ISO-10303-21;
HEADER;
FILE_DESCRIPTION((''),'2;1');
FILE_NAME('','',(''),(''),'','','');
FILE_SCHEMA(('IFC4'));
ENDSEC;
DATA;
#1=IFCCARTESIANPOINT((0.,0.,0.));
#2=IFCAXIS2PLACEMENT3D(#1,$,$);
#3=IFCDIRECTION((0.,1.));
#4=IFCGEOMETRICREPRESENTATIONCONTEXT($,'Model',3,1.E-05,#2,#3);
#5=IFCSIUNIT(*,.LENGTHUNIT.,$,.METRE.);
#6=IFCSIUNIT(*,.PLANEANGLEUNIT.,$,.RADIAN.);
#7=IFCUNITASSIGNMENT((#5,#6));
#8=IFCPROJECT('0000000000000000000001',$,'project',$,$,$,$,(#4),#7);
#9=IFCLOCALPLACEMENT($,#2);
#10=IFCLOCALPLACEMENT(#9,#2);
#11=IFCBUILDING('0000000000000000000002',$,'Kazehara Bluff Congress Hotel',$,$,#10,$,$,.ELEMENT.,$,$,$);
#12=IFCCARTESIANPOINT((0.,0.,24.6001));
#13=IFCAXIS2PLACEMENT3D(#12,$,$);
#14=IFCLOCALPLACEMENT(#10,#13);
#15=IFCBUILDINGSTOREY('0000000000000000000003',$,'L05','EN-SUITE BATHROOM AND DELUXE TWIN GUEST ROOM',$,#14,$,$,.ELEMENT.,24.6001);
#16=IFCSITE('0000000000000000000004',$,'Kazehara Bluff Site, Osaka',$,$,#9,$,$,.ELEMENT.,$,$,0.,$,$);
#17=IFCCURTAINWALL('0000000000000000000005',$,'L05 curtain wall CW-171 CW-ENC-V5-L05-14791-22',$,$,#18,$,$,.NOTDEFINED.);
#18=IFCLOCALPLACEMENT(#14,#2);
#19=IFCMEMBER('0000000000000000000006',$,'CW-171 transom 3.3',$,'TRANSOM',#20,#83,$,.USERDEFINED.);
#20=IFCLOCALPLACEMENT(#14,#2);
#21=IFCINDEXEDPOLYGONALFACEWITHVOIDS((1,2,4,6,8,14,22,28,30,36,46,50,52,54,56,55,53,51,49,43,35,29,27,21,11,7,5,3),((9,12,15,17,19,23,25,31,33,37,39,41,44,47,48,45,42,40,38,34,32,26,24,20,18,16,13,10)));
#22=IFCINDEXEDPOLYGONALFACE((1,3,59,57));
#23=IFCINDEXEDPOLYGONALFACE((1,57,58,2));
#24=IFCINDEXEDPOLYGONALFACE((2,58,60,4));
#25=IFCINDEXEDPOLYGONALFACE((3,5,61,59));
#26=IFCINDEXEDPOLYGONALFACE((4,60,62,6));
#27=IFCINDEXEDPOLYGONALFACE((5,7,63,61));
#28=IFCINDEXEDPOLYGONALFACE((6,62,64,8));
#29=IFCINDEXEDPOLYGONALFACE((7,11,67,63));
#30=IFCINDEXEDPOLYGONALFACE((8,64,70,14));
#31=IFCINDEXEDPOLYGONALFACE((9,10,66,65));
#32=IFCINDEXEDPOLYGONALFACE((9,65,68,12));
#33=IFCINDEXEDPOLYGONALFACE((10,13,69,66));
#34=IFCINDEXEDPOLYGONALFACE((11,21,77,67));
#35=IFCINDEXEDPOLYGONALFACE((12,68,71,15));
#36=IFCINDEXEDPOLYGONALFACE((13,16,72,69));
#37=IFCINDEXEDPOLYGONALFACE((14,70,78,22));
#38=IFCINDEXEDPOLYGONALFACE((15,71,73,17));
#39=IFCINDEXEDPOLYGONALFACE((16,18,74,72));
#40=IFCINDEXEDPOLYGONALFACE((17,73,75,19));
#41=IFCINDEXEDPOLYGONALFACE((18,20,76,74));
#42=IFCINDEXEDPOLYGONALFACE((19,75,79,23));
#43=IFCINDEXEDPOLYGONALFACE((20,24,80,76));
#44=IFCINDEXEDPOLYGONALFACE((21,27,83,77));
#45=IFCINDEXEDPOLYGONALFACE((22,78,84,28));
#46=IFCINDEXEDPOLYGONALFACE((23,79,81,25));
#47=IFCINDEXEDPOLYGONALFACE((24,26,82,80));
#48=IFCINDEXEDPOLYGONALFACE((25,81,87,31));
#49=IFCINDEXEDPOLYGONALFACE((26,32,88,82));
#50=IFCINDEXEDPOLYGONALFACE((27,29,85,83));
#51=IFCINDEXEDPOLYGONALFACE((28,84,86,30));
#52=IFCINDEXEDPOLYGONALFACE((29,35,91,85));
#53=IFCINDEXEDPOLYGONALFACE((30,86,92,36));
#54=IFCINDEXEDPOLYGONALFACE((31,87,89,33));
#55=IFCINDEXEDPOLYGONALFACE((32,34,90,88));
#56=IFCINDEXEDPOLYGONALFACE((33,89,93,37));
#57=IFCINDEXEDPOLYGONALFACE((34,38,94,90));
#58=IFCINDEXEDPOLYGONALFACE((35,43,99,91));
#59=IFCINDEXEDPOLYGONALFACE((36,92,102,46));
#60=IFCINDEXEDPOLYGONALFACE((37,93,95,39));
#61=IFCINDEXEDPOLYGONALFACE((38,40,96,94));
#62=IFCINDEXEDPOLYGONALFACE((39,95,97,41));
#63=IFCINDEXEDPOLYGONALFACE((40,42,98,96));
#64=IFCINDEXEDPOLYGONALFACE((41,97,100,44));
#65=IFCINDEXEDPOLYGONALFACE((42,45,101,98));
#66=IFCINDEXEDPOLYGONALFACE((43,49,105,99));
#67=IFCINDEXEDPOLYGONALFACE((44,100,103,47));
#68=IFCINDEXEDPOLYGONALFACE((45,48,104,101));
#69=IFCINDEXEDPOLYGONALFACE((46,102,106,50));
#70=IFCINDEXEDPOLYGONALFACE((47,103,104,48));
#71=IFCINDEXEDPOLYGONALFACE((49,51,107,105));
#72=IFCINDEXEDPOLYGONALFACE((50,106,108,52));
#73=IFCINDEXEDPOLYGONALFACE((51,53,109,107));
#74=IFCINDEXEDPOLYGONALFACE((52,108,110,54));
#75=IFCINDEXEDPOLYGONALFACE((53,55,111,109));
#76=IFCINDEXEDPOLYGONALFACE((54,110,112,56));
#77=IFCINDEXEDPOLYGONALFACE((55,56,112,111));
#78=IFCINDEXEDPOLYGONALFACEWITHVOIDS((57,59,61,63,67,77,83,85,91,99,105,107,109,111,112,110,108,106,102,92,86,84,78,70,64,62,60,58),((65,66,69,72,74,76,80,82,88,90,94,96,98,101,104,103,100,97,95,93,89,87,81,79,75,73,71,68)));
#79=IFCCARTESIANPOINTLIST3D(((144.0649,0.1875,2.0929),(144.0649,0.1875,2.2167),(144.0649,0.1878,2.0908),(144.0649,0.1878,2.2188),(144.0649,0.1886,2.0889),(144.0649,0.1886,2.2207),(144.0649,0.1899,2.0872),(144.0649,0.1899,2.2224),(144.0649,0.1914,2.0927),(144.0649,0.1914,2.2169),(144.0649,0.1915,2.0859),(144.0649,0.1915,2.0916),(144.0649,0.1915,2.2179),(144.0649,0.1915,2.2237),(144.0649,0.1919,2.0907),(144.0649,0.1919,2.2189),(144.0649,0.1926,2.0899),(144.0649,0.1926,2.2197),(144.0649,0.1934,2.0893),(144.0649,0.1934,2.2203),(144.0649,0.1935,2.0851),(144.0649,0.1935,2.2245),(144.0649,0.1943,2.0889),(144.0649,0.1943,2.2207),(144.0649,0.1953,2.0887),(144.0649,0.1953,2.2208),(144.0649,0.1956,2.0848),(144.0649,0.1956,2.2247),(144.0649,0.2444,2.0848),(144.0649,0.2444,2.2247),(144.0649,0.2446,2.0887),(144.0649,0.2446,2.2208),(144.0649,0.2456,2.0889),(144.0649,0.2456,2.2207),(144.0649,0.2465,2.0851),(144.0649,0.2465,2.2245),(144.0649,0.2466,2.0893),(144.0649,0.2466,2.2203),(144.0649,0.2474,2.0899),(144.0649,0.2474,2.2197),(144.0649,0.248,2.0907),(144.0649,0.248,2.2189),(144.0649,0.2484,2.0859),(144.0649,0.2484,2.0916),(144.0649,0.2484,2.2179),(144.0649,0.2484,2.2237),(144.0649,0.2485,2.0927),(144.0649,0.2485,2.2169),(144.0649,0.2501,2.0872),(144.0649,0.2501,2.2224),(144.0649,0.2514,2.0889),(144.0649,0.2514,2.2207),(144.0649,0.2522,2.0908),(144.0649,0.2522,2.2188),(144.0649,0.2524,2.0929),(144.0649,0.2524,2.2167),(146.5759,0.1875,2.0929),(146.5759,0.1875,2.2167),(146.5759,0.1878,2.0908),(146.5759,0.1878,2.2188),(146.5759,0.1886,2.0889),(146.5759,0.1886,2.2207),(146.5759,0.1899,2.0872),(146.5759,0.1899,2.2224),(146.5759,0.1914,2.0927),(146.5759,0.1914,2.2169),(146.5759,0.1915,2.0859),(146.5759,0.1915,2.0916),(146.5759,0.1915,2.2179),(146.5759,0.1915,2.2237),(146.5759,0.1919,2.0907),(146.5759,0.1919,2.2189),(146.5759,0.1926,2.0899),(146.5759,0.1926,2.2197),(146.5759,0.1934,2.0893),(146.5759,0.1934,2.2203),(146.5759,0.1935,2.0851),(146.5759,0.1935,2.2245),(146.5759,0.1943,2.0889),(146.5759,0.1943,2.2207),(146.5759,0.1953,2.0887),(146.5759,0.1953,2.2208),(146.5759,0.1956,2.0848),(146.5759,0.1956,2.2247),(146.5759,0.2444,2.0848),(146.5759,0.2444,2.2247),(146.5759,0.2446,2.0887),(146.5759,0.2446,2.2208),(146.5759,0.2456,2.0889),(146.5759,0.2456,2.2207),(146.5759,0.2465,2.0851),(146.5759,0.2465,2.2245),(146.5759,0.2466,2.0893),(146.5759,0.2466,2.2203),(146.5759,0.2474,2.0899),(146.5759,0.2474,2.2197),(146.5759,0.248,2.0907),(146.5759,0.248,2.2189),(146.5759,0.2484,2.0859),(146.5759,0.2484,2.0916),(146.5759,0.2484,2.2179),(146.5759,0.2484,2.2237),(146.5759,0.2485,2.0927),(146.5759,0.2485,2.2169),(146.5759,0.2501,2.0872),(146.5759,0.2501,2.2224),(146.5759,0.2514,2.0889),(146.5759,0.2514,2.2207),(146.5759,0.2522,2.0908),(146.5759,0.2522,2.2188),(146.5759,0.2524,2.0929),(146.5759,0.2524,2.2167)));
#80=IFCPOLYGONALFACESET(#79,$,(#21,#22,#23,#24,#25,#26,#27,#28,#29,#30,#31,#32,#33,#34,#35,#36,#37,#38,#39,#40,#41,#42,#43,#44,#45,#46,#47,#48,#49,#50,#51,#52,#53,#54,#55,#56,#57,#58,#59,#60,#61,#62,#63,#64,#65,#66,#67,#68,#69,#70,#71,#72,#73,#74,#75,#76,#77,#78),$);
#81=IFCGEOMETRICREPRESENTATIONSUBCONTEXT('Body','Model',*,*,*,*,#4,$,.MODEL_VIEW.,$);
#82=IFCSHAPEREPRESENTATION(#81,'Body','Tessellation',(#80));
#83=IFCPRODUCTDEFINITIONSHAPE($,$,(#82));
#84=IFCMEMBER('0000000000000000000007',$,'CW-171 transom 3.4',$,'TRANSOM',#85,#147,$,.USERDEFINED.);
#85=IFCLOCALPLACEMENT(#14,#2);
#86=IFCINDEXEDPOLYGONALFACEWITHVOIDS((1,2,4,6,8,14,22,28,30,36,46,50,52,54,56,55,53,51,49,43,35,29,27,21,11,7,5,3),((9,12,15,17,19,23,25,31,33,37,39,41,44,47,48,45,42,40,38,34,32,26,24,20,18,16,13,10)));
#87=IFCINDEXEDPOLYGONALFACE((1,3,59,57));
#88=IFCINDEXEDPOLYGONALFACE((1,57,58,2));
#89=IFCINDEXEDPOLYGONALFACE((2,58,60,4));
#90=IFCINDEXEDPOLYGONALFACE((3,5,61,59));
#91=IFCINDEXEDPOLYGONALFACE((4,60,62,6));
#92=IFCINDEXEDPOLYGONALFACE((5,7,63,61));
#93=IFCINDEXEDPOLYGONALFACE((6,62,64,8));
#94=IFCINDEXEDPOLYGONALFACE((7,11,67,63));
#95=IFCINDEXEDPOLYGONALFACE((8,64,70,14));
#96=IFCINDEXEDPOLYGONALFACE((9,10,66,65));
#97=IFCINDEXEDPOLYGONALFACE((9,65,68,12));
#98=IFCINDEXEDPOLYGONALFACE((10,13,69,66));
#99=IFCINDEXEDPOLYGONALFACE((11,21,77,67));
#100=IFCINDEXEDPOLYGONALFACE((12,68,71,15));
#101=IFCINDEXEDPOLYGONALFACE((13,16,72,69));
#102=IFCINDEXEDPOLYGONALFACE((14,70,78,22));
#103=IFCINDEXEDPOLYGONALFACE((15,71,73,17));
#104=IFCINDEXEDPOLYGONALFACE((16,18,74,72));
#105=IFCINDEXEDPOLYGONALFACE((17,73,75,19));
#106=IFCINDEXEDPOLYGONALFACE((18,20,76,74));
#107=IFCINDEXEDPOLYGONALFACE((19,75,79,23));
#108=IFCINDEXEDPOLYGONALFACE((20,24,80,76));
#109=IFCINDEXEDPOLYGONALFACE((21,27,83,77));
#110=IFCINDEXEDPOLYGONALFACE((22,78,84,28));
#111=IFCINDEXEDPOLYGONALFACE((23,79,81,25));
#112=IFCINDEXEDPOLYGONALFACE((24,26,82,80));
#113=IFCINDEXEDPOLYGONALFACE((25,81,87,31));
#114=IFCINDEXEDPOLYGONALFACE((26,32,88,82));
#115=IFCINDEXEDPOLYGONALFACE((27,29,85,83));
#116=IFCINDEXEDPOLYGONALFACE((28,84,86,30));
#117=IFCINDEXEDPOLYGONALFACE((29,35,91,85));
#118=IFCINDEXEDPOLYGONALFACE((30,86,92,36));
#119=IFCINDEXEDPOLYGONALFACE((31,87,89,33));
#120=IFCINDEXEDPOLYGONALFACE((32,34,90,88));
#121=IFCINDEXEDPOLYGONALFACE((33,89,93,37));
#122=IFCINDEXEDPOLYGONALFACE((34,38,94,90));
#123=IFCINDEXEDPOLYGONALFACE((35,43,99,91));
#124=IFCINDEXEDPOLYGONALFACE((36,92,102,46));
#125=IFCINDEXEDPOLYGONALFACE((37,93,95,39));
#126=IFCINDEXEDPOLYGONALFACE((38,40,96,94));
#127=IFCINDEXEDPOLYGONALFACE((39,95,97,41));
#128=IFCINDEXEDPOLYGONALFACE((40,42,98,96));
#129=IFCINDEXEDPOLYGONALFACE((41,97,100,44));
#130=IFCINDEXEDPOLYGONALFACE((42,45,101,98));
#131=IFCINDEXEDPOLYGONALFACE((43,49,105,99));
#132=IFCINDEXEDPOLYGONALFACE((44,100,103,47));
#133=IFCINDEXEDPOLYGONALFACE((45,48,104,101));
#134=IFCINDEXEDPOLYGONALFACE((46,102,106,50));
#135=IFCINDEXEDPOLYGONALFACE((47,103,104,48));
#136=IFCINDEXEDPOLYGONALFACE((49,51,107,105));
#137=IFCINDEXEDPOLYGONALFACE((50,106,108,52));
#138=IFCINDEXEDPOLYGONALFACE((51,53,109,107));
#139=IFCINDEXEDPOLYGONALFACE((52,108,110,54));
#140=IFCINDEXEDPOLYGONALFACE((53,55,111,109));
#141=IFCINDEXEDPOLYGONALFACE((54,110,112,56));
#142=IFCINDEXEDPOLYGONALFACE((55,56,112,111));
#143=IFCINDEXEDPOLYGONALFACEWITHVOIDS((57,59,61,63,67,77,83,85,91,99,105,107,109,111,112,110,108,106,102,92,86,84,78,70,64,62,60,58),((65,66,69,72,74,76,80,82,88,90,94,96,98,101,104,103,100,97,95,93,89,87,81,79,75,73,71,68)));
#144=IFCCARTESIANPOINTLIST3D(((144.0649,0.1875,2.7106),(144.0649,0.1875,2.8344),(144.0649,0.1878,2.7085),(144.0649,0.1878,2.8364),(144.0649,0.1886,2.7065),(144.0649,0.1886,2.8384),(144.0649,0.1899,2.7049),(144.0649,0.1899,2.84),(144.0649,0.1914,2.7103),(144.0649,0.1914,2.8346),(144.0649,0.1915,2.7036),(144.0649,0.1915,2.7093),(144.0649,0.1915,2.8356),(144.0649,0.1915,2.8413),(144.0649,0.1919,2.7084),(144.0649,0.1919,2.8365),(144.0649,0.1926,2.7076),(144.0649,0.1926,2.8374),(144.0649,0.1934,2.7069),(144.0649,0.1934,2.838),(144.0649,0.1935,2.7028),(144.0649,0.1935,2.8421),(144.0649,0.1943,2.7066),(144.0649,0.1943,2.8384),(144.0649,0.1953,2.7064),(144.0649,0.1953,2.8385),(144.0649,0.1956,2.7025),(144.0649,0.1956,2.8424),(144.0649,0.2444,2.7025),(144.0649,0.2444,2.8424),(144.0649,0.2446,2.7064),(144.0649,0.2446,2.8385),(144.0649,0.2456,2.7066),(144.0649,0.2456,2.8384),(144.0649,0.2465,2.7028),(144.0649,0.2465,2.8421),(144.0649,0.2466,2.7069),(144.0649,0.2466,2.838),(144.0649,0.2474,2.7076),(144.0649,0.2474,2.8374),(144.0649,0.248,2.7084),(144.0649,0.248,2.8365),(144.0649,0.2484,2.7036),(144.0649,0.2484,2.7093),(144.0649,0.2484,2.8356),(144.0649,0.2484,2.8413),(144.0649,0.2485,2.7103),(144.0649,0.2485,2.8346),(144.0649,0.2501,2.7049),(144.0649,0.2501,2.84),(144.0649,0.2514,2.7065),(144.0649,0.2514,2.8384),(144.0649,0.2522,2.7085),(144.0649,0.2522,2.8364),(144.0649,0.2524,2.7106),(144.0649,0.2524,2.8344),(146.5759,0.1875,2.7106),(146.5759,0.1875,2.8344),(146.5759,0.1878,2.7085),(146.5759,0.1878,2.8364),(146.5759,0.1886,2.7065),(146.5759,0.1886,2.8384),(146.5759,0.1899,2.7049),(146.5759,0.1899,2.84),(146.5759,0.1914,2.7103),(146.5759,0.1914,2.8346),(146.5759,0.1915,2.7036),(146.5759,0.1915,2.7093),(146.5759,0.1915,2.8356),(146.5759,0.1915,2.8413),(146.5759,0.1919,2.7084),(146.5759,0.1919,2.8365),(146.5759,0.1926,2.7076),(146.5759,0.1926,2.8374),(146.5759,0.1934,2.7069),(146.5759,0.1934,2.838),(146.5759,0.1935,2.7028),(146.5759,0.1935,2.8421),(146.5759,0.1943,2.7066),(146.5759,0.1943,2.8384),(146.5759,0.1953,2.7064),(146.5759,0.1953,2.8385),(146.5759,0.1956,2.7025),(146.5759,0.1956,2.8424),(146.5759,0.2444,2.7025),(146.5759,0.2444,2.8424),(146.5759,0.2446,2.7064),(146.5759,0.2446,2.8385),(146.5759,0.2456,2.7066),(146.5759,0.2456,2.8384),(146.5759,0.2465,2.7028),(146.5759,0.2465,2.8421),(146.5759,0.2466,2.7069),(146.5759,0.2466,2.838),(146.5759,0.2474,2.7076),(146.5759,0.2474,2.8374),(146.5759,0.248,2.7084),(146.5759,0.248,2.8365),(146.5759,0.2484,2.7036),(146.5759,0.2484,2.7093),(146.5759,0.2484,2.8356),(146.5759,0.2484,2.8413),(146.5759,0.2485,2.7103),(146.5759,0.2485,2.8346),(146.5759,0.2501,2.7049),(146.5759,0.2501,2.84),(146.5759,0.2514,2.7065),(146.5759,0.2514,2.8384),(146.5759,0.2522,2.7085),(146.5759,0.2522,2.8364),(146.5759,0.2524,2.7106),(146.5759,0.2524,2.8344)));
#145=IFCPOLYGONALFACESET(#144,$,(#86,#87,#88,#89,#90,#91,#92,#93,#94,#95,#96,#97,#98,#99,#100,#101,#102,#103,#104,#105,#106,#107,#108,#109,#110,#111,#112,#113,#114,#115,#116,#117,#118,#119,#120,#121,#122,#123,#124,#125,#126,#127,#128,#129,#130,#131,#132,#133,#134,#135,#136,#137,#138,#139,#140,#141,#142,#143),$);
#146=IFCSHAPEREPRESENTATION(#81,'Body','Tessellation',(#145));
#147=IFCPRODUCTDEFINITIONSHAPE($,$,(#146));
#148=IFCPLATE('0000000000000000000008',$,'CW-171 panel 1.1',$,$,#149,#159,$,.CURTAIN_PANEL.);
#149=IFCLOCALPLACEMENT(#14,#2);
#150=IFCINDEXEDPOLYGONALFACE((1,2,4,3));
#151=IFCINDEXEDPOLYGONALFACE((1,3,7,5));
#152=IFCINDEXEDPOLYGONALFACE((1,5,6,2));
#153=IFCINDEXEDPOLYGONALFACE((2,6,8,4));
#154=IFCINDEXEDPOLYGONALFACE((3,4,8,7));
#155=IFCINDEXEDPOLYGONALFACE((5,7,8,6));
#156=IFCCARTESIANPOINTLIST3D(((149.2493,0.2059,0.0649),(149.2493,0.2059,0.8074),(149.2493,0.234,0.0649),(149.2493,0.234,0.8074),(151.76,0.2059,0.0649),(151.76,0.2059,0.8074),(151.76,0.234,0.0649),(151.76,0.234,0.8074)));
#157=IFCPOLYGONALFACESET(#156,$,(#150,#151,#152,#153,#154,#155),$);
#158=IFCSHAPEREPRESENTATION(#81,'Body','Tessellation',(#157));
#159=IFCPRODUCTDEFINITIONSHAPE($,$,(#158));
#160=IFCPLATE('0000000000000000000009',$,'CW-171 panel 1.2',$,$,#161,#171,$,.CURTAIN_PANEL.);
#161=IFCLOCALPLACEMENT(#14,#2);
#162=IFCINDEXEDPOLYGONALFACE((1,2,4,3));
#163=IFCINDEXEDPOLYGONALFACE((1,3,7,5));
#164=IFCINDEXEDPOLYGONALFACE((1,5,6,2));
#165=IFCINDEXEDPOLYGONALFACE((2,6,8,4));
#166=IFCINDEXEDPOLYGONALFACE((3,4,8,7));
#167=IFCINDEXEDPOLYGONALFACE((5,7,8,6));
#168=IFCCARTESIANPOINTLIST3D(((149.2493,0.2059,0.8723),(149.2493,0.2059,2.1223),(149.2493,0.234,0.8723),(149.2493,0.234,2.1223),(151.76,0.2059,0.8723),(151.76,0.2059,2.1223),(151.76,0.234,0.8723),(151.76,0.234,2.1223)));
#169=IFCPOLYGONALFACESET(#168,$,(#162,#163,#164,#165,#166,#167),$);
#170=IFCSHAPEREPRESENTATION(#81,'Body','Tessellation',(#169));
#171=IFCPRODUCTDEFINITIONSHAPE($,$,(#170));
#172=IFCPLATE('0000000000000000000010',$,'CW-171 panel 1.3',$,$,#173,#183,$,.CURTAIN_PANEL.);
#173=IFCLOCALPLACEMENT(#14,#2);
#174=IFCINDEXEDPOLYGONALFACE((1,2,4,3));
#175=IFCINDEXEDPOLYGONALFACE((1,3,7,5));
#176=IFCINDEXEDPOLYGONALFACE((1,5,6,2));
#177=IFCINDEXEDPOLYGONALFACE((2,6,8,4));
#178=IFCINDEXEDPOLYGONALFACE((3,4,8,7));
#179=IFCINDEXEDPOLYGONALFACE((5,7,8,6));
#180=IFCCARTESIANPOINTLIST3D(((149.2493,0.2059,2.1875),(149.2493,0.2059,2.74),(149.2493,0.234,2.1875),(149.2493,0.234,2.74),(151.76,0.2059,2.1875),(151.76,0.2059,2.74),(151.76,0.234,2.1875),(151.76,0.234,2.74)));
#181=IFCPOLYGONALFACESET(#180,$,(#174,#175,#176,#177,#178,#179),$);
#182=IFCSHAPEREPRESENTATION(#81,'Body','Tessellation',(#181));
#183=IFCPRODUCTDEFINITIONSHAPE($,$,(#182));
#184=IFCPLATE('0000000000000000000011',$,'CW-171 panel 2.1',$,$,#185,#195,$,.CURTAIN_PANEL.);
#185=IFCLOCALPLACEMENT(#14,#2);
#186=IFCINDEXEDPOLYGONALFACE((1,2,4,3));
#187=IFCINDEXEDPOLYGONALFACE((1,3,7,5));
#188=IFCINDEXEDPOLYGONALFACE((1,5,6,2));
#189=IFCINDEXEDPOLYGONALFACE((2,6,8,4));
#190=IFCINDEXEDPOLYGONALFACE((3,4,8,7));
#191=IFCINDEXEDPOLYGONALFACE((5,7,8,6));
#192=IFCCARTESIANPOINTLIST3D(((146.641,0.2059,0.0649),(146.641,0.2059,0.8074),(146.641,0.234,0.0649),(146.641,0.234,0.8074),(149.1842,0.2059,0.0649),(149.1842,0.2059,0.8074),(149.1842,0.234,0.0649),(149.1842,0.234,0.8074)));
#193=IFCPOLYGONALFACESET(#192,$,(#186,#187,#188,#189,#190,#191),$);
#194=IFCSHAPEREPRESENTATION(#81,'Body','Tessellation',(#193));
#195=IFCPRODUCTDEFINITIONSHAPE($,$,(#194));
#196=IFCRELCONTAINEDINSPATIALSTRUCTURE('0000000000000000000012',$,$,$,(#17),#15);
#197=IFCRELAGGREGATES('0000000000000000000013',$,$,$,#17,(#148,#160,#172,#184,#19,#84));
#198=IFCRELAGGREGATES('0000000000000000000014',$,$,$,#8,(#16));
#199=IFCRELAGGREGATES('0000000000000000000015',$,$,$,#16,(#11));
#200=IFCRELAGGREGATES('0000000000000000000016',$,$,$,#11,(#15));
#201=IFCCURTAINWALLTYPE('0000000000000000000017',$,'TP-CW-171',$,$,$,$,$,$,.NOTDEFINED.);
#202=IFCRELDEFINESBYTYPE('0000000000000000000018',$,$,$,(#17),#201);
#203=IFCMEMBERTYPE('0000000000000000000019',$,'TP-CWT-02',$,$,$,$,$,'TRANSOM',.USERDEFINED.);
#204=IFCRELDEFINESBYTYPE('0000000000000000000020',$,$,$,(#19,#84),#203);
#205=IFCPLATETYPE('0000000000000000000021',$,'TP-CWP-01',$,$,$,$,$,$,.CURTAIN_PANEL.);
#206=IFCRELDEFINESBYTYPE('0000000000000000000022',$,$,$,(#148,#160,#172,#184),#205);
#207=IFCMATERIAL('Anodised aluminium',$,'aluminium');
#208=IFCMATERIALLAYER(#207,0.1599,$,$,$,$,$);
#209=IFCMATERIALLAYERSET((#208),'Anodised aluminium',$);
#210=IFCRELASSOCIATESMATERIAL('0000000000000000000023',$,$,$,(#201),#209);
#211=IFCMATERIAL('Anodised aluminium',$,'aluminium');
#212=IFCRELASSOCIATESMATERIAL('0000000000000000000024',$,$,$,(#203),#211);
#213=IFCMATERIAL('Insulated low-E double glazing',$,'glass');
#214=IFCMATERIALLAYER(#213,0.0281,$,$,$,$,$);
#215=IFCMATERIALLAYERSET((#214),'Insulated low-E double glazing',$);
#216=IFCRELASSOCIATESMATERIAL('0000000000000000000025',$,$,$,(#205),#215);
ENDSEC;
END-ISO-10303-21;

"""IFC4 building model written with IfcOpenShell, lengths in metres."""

from ifc_helpers import new_model, si_unit, direction, frame, origin, origin_2d, place, context, subcontext, project, spatial, rectangle, hollow_rectangle, extrude, material, layer, layer_set, material_profile, profile_set, type_object, element, aggregate, save


model = new_model("IFC4")

# Units and contexts
model_context = context("Model", 3, precision=1e-05, world=origin(), true_north=direction((0.0, 1.0)))
body_context = subcontext(model_context, "Body", "Model", "MODEL_VIEW")
ifc_project = project(units=[si_unit("LENGTHUNIT", "METRE"), si_unit("PLANEANGLEUNIT", "RADIAN")], contexts=[model_context])

# Site, building, storey
site_placement = place(None, origin())
site = spatial("IfcSite", under=ifc_project, at=site_placement, Name="Kazehara Bluff Site, Osaka", CompositionType="ELEMENT", RefElevation=0.0)
building_placement = place(site_placement, origin())
building = spatial("IfcBuilding", under=site, at=building_placement, Name="Kazehara Bluff Congress Hotel", CompositionType="ELEMENT")
storey_placement = place(building_placement, frame((0.0, 0.0, 24.6001)))
storey = spatial("IfcBuildingStorey", under=building, at=storey_placement, Name="L05", Description="EN-SUITE BATHROOM AND DELUXE TWIN GUEST ROOM", CompositionType="ELEMENT", Elevation=24.6001)

# Curtain wall, members, plates
ifc_material_1 = material(Name="Anodised aluminium", Category="aluminium")
ifc_layer_1 = layer(ifc_material_1, 0.1599)
ifc_layer_set_1 = layer_set([ifc_layer_1], Name="Anodised aluminium")
curtain_wall_type = type_object("IfcCurtainWallType", Name="TP-CW-171", PredefinedType="NOTDEFINED", material=ifc_layer_set_1)
curtain_wall_placement = place(storey_placement, origin())
curtain_wall = element("IfcCurtainWall", 1, at=curtain_wall_placement, inside=storey, type_object=curtain_wall_type, Name="L05 curtain wall CW-171 CW-ENC-V5-L05-14791-22", PredefinedType="NOTDEFINED")
ifc_material_2 = material(Name="Anodised aluminium", Category="aluminium")
ifc_material_profile_1 = material_profile(ifc_material_2, hollow_rectangle(XDim=0.0649, YDim=0.1399, WallThickness=0.0039, InnerFilletRadius=0.0039, OuterFilletRadius=0.0081, at=origin_2d()))
ifc_profile_set_1 = profile_set([ifc_material_profile_1], Name="Anodised aluminium")
member_type_1 = type_object("IfcMemberType", Name="TP-CWT-02", ElementType="TRANSOM", PredefinedType="USERDEFINED", material=ifc_profile_set_1)
member_1_placement = place(storey_placement, frame((146.5759, 0.22, 2.1548), z_axis=(-1.0, 0.0, 0.0), x_axis=(0.0, -1.0, 0.0)))
member_1 = element("IfcMember", 2, at=member_1_placement, type_object=member_type_1, Name="CW-171 transom 3.3", ObjectType="TRANSOM", PredefinedType="USERDEFINED", context=body_context, shape_type="SweptSolid", body=[
    extrude(hollow_rectangle(XDim=0.0649, YDim=0.1399, WallThickness=0.0039, InnerFilletRadius=0.0039, OuterFilletRadius=0.0081, at=origin_2d()), origin(), (0.0, 0.0, 1.0), 2.511),
])
member_2_placement = place(storey_placement, frame((146.5759, 0.22, 2.7725), z_axis=(-1.0, 0.0, 0.0), x_axis=(0.0, -1.0, 0.0)))
member_2 = element("IfcMember", 3, at=member_2_placement, type_object=member_type_1, Name="CW-171 transom 3.4", ObjectType="TRANSOM", PredefinedType="USERDEFINED", context=body_context, shape_type="SweptSolid", body=[
    extrude(hollow_rectangle(XDim=0.0649, YDim=0.1399, WallThickness=0.0039, InnerFilletRadius=0.0039, OuterFilletRadius=0.0081, at=origin_2d()), origin(), (0.0, 0.0, 1.0), 2.511),
])
ifc_material_3 = material(Name="Insulated low-E double glazing", Category="glass")
ifc_layer_2 = layer(ifc_material_3, 0.0281)
ifc_layer_set_2 = layer_set([ifc_layer_2], Name="Insulated low-E double glazing")
plate_type = type_object("IfcPlateType", Name="TP-CWP-01", PredefinedType="CURTAIN_PANEL", material=ifc_layer_set_2)
plate_1_placement = place(storey_placement, frame((150.5046, 0.22, 0.0649), z_axis=(0.0, 0.0, 1.0), x_axis=(-1.0, 0.0, 0.0)))
plate_1 = element("IfcPlate", 4, at=plate_1_placement, type_object=plate_type, Name="CW-171 panel 1.1", PredefinedType="CURTAIN_PANEL", context=body_context, shape_type="SweptSolid", body=[
    extrude(rectangle(XDim=2.5107, YDim=0.0281, at=origin_2d()), origin(), (0.0, 0.0, 1.0), 0.7424),
])
plate_2_placement = place(storey_placement, frame((150.5046, 0.22, 0.8723), z_axis=(0.0, 0.0, 1.0), x_axis=(-1.0, 0.0, 0.0)))
plate_2 = element("IfcPlate", 5, at=plate_2_placement, type_object=plate_type, Name="CW-171 panel 1.2", PredefinedType="CURTAIN_PANEL", context=body_context, shape_type="SweptSolid", body=[
    extrude(rectangle(XDim=2.5107, YDim=0.0281, at=origin_2d()), origin(), (0.0, 0.0, 1.0), 1.25),
])
plate_3_placement = place(storey_placement, frame((150.5046, 0.22, 2.1875), z_axis=(0.0, 0.0, 1.0), x_axis=(-1.0, 0.0, 0.0)))
plate_3 = element("IfcPlate", 6, at=plate_3_placement, type_object=plate_type, Name="CW-171 panel 1.3", PredefinedType="CURTAIN_PANEL", context=body_context, shape_type="SweptSolid", body=[
    extrude(rectangle(XDim=2.5107, YDim=0.0281, at=origin_2d()), origin(), (0.0, 0.0, 1.0), 0.5525),
])
plate_4_placement = place(storey_placement, frame((147.9126, 0.22, 0.0649), z_axis=(0.0, 0.0, 1.0), x_axis=(-1.0, 0.0, 0.0)))
plate_4 = element("IfcPlate", 7, at=plate_4_placement, type_object=plate_type, Name="CW-171 panel 2.1", PredefinedType="CURTAIN_PANEL", context=body_context, shape_type="SweptSolid", body=[
    extrude(rectangle(XDim=2.5432, YDim=0.0281, at=origin_2d()), origin(), (0.0, 0.0, 1.0), 0.7424),
])
aggregate(curtain_wall, [plate_1, plate_2, plate_3, plate_4, member_1, member_2])

save(model, "model.ifc")
